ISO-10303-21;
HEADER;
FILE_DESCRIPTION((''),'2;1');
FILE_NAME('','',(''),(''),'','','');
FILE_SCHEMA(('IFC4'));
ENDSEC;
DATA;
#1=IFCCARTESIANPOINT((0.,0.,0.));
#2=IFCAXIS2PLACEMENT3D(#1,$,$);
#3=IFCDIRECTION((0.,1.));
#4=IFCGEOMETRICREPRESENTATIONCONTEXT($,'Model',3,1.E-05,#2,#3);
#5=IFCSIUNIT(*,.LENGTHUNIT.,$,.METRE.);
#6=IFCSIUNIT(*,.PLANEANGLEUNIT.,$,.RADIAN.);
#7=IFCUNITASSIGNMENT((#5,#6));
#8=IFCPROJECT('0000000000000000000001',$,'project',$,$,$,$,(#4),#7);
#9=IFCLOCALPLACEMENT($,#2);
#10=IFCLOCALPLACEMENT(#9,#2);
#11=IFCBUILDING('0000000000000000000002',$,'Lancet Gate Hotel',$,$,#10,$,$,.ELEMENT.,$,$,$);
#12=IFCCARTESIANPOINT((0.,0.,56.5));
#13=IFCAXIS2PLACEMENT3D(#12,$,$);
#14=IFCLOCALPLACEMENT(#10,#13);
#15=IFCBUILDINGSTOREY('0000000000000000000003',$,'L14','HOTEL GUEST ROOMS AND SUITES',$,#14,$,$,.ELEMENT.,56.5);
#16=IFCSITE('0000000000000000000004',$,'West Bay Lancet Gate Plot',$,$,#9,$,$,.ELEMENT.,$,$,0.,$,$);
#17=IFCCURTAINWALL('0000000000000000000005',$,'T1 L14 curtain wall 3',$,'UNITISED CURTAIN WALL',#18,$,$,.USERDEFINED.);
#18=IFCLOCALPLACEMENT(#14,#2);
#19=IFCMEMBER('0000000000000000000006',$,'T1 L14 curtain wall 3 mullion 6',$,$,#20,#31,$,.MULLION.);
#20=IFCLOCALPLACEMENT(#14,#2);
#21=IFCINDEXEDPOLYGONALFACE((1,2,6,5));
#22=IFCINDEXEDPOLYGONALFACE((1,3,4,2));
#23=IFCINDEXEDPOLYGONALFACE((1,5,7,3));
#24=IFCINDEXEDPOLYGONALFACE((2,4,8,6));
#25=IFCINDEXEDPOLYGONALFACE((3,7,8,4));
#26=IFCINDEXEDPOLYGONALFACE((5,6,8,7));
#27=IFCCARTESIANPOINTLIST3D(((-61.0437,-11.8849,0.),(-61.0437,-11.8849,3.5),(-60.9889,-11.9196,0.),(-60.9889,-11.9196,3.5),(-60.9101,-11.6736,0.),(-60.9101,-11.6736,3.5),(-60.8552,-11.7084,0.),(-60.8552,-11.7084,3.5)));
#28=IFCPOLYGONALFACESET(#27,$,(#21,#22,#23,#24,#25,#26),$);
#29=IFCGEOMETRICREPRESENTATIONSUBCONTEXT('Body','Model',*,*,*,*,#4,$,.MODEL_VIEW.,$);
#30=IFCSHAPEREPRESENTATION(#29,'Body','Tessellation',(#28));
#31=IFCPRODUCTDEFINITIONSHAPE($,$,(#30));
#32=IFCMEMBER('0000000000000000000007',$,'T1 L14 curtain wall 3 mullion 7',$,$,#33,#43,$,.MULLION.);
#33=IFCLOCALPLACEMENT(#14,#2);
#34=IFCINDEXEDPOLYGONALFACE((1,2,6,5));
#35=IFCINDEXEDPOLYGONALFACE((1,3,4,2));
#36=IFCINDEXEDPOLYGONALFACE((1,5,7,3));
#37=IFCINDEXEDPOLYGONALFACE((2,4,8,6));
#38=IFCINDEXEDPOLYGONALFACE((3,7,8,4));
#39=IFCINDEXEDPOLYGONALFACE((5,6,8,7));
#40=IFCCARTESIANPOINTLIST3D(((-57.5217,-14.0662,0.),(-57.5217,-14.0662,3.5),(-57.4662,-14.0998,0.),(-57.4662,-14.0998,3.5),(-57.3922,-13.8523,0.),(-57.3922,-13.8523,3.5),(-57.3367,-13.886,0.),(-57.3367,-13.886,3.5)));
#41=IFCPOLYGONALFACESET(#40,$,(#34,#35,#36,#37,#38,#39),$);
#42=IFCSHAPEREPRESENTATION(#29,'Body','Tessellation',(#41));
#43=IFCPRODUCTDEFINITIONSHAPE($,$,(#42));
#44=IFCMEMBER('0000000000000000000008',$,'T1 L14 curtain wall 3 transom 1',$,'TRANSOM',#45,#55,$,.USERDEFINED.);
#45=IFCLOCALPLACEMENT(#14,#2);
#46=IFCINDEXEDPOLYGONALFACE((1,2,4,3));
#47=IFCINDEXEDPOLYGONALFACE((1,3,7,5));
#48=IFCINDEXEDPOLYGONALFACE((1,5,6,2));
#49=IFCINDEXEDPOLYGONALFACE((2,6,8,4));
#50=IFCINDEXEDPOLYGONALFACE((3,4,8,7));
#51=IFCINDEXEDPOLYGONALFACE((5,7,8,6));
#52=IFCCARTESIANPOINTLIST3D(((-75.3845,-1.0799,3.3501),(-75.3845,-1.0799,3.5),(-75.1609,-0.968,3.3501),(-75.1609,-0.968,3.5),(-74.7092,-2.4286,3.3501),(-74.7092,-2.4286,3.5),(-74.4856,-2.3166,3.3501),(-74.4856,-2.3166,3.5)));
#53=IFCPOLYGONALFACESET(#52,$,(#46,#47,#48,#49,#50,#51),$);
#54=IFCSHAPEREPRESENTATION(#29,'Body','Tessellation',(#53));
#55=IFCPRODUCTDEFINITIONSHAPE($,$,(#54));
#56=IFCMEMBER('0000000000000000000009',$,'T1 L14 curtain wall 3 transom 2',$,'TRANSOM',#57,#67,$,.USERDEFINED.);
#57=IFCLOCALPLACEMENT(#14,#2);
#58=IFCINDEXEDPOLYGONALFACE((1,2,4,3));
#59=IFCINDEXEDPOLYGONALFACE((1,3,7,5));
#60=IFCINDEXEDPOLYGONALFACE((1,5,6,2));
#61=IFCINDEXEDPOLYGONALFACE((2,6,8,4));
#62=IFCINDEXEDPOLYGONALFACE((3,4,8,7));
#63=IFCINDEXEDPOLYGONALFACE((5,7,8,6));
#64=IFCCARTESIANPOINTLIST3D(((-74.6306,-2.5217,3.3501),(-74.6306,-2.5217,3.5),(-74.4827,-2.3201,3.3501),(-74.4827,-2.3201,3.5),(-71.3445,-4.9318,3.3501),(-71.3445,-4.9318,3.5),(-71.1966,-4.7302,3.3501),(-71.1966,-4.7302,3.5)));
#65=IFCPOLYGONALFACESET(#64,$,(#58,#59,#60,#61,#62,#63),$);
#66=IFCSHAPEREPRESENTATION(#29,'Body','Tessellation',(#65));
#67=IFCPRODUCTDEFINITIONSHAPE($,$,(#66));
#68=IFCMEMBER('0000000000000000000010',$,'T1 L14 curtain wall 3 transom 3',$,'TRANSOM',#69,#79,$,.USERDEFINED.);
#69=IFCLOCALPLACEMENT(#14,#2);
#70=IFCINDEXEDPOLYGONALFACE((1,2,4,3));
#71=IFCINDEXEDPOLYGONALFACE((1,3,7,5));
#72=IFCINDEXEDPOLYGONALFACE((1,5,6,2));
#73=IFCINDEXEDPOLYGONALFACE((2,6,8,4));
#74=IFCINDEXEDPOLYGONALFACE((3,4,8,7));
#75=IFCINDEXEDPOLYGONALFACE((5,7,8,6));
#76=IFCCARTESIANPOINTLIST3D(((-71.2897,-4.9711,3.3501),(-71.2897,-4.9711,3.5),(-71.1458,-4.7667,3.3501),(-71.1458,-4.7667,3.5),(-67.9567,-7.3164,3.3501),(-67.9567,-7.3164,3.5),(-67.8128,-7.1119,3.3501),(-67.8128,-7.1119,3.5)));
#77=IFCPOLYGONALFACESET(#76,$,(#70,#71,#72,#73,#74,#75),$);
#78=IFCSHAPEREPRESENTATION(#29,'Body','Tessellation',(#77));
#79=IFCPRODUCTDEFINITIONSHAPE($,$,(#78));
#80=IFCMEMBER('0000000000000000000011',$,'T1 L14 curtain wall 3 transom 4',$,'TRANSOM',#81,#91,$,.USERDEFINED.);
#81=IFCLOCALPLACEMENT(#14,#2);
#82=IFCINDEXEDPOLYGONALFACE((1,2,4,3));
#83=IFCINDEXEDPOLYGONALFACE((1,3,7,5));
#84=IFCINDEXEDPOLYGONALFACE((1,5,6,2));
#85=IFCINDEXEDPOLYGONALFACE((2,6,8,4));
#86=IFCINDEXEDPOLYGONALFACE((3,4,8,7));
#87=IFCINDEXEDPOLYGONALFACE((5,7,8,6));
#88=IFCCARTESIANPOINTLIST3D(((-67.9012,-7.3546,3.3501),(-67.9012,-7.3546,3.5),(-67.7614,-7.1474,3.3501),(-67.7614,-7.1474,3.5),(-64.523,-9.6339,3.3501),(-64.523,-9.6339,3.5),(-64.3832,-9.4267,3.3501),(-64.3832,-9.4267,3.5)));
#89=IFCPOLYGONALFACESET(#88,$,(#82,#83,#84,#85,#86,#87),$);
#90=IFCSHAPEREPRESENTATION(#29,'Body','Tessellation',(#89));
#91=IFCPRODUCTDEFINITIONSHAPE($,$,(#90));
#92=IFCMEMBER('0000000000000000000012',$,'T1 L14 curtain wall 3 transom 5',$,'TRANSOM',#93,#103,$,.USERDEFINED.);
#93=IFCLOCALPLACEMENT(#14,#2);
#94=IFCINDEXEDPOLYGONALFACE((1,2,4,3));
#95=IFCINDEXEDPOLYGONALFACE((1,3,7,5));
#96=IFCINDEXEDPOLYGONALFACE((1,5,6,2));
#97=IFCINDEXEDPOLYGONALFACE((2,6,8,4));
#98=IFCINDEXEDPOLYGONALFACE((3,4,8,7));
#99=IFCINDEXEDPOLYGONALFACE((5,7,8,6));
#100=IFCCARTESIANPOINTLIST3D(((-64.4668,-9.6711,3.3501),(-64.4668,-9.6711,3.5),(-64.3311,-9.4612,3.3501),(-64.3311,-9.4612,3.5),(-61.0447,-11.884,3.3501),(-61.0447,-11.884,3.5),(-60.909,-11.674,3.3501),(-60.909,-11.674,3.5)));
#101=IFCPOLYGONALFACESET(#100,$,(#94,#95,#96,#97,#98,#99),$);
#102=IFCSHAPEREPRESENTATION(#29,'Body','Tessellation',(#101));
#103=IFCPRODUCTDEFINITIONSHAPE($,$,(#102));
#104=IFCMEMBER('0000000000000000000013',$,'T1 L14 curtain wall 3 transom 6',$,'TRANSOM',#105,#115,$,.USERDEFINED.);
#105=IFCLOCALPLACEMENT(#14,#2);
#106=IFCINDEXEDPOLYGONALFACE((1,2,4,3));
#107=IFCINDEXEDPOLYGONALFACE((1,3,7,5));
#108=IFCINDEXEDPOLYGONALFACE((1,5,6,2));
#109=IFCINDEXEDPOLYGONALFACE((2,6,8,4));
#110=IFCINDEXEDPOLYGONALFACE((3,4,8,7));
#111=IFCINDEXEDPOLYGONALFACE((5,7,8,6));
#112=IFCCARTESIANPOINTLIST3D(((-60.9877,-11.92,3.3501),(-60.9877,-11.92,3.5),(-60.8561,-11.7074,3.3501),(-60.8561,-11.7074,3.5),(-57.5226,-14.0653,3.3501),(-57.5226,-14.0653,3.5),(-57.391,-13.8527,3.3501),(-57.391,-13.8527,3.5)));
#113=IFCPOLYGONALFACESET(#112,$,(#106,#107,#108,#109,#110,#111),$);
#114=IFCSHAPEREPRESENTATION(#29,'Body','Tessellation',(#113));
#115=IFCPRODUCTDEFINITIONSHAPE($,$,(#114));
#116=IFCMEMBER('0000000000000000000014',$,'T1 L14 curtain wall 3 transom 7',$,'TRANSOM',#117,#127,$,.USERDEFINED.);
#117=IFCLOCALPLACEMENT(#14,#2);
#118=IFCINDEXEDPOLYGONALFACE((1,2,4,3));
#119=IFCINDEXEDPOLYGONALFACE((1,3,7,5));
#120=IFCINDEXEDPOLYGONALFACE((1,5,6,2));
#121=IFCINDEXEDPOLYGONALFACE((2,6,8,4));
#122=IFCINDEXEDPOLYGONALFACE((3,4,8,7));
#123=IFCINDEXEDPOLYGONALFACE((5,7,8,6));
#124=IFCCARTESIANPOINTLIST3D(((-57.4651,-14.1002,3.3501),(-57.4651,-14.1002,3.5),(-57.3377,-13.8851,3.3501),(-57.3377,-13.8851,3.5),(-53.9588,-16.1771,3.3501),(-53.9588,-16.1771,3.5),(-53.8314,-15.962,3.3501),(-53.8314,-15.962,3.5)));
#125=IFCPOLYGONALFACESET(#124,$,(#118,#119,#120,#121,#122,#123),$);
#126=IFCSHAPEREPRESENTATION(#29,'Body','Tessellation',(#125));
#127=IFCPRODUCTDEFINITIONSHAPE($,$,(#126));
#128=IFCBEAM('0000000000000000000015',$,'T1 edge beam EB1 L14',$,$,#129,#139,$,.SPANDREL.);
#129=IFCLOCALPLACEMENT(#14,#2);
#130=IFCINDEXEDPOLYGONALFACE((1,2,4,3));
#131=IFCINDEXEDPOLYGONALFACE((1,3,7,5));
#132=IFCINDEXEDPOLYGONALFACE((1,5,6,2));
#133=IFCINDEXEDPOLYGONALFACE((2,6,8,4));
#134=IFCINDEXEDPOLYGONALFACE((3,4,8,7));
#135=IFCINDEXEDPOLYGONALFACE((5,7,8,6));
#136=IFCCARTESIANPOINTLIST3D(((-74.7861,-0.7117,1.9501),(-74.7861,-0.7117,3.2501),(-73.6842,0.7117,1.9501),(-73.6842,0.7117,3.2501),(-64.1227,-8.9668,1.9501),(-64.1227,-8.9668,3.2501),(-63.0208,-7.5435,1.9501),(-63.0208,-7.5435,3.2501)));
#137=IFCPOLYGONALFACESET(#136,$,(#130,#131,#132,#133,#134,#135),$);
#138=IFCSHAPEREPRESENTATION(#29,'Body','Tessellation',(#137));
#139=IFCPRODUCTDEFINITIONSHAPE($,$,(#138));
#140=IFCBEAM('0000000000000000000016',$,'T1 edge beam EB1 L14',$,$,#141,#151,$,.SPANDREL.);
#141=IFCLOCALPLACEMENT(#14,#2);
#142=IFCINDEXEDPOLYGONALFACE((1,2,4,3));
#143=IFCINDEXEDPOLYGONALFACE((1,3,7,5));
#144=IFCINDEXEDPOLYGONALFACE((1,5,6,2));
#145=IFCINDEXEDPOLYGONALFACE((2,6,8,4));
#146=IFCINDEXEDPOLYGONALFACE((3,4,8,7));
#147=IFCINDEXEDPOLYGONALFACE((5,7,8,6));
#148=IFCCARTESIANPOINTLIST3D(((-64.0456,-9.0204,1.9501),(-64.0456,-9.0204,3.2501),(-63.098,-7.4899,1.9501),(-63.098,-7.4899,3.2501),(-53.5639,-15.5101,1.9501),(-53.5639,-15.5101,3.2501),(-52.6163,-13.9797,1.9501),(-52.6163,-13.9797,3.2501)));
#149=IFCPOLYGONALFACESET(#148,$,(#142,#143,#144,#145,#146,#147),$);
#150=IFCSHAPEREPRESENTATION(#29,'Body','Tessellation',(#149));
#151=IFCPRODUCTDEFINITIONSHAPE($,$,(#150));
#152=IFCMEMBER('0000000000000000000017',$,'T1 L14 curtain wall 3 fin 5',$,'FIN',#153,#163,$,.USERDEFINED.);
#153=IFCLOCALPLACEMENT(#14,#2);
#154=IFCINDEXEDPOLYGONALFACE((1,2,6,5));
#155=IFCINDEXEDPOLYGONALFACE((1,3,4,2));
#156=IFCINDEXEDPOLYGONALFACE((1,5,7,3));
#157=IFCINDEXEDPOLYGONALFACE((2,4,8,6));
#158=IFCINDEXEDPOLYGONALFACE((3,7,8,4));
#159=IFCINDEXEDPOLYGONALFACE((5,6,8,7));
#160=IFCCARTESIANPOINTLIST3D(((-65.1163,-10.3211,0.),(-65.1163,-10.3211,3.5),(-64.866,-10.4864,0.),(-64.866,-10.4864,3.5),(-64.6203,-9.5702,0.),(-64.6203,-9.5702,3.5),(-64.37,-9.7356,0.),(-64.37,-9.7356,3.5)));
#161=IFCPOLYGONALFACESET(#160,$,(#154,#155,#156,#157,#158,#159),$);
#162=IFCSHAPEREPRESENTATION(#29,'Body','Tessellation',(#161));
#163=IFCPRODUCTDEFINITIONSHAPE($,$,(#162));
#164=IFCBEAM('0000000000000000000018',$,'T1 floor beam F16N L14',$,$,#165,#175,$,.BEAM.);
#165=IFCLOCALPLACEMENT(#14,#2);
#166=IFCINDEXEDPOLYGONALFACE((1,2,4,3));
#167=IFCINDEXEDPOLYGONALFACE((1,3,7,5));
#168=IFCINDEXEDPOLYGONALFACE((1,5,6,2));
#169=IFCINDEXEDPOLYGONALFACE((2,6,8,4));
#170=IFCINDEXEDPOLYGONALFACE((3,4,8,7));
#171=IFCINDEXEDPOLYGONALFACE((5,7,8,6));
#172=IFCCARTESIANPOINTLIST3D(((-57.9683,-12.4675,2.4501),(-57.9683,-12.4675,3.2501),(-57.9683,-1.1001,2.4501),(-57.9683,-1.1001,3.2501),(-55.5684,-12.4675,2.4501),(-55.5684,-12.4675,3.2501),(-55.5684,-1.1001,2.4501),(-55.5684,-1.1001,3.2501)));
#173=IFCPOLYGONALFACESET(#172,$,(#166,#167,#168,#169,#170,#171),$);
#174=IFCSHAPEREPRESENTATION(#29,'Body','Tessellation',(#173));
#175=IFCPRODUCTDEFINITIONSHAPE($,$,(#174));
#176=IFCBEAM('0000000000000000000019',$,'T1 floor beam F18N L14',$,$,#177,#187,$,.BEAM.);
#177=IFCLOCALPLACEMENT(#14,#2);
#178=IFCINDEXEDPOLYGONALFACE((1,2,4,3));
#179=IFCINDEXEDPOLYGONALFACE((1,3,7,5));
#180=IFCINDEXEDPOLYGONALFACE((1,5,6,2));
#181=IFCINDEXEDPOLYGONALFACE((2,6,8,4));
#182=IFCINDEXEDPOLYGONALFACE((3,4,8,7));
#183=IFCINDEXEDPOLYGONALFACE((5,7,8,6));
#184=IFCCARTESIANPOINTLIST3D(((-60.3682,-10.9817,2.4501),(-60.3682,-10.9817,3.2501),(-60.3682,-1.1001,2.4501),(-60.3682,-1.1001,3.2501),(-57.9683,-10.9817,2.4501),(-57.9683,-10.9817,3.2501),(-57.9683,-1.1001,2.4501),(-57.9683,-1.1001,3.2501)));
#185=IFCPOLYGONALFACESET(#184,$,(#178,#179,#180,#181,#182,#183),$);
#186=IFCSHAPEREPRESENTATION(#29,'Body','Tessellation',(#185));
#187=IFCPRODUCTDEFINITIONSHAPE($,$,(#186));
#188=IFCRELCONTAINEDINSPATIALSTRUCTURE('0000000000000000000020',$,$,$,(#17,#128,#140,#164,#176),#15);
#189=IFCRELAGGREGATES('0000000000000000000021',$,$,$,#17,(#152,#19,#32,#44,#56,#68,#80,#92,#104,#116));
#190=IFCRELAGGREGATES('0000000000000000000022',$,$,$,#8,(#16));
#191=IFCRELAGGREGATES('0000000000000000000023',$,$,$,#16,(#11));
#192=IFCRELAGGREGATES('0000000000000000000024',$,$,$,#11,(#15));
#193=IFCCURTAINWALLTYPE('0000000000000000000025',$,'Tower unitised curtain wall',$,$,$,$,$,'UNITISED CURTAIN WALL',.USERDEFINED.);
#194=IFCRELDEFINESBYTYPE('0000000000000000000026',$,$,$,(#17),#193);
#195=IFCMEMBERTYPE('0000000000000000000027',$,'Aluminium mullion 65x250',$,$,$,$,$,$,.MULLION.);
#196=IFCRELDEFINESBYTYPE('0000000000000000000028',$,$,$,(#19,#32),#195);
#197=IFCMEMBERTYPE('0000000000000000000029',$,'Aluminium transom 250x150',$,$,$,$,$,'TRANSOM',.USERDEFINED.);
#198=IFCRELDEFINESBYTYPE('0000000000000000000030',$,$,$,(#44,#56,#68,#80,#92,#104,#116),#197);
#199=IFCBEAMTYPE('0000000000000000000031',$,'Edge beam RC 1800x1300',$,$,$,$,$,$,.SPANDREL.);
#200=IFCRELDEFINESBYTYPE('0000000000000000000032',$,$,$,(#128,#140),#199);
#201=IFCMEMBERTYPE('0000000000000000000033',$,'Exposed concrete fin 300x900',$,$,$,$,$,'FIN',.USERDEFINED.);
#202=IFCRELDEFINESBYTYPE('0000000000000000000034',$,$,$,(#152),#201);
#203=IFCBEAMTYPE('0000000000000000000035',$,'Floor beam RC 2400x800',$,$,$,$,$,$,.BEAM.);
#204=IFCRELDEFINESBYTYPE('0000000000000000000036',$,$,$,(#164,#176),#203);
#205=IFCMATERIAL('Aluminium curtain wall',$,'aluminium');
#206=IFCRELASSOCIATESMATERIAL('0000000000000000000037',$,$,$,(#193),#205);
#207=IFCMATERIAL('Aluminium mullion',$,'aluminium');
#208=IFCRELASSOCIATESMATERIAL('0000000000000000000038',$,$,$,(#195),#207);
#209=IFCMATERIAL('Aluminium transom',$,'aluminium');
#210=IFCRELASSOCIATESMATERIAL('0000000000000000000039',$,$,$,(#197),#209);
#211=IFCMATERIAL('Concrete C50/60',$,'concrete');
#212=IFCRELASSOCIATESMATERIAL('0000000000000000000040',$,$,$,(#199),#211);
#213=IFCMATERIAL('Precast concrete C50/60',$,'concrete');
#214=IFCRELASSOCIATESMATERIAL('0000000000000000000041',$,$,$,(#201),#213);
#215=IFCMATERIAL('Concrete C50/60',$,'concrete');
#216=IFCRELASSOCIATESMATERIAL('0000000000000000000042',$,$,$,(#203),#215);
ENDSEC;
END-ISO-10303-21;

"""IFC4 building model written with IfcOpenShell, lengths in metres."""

from ifc_helpers import new_model, si_unit, direction, frame, origin, origin_2d, place, context, subcontext, project, spatial, rectangle, extrude, material, material_profile, profile_set, type_object, element, aggregate, save


model = new_model("IFC4")

# Units and contexts
model_context = context("Model", 3, precision=1e-05, world=origin(), true_north=direction((0.0, 1.0)))
body_context = subcontext(model_context, "Body", "Model", "MODEL_VIEW")
ifc_project = project(units=[si_unit("LENGTHUNIT", "METRE"), si_unit("PLANEANGLEUNIT", "RADIAN")], contexts=[model_context])

# Site, building, storey
site_placement = place(None, origin())
site = spatial("IfcSite", under=ifc_project, at=site_placement, Name="West Bay Lancet Gate Plot", CompositionType="ELEMENT", RefElevation=0.0)
building_placement = place(site_placement, origin())
building = spatial("IfcBuilding", under=site, at=building_placement, Name="Lancet Gate Hotel", CompositionType="ELEMENT")
storey_placement = place(building_placement, frame((0.0, 0.0, 56.5)))
storey = spatial("IfcBuildingStorey", under=building, at=storey_placement, Name="L14", Description="HOTEL GUEST ROOMS AND SUITES", CompositionType="ELEMENT", Elevation=56.5)

# Curtain wall, members
ifc_material_1 = material(Name="Aluminium curtain wall", Category="aluminium")
curtain_wall_type = type_object("IfcCurtainWallType", Name="Tower unitised curtain wall", ElementType="UNITISED CURTAIN WALL", PredefinedType="USERDEFINED", material=ifc_material_1)
curtain_wall_placement = place(storey_placement, origin())
curtain_wall = element("IfcCurtainWall", 1, at=curtain_wall_placement, inside=storey, type_object=curtain_wall_type, Name="T1 L14 curtain wall 3", ObjectType="UNITISED CURTAIN WALL", PredefinedType="USERDEFINED")
ifc_material_2 = material(Name="Aluminium mullion", Category="aluminium")
ifc_material_profile_1 = material_profile(ifc_material_2, rectangle(XDim=0.0649, YDim=0.25, at=origin_2d()), Name="MULLION 65x250")
ifc_profile_set_1 = profile_set([ifc_material_profile_1], Name="Aluminium mullion")
member_type_1 = type_object("IfcMemberType", Name="Aluminium mullion 65x250", PredefinedType="MULLION", material=ifc_profile_set_1)
member_1_placement = place(storey_placement, frame((-60.9495, -11.7966, 0.0), z_axis=(0.0, 0.0, 1.0), x_axis=(0.845029, -0.53472, 0.0)))
member_1 = element("IfcMember", 2, at=member_1_placement, type_object=member_type_1, Name="T1 L14 curtain wall 3 mullion 6", PredefinedType="MULLION", context=body_context, shape_type="SweptSolid", body=[
    extrude(rectangle(XDim=0.0649, YDim=0.25, at=origin_2d()), origin(), (0.0, 0.0, 1.0), 3.5),
])
member_2_placement = place(storey_placement, frame((-57.4292, -13.9761, 0.0), z_axis=(0.0, 0.0, 1.0), x_axis=(0.855346, -0.518057, 0.0)))
member_2 = element("IfcMember", 3, at=member_2_placement, type_object=member_type_1, Name="T1 L14 curtain wall 3 mullion 7", PredefinedType="MULLION", context=body_context, shape_type="SweptSolid", body=[
    extrude(rectangle(XDim=0.0649, YDim=0.25, at=origin_2d()), origin(), (0.0, 0.0, 1.0), 3.5),
])
ifc_material_3 = material(Name="Aluminium transom", Category="aluminium")
ifc_material_profile_2 = material_profile(ifc_material_3, rectangle(XDim=0.25, YDim=0.1499, at=origin_2d()), Name="TRANSOM 250x150")
ifc_profile_set_2 = profile_set([ifc_material_profile_2], Name="Aluminium transom")
member_type_2 = type_object("IfcMemberType", Name="Aluminium transom 250x150", ElementType="TRANSOM", PredefinedType="USERDEFINED", material=ifc_profile_set_2)
member_3_placement = place(storey_placement, frame((-75.2727, -1.0239, 3.425), z_axis=(0.447732, -0.894168, 0.0), x_axis=(0.894168, 0.447732, 0.0)))
member_3 = element("IfcMember", 4, at=member_3_placement, type_object=member_type_2, Name="T1 L14 curtain wall 3 transom 1", ObjectType="TRANSOM", PredefinedType="USERDEFINED", context=body_context, shape_type="SweptSolid", body=[
    extrude(rectangle(XDim=0.25, YDim=0.1499, at=origin_2d()), origin(), (0.0, 0.0, 1.0), 1.5083),
])
member_4_placement = place(storey_placement, frame((-74.5566, -2.4209, 3.425), z_axis=(0.806367, -0.591416, 0.0), x_axis=(0.591416, 0.806367, 0.0)))
member_4 = element("IfcMember", 5, at=member_4_placement, type_object=member_type_2, Name="T1 L14 curtain wall 3 transom 2", ObjectType="TRANSOM", PredefinedType="USERDEFINED", context=body_context, shape_type="SweptSolid", body=[
    extrude(rectangle(XDim=0.25, YDim=0.1499, at=origin_2d()), origin(), (0.0, 0.0, 1.0), 4.0752),
])
member_5_placement = place(storey_placement, frame((-71.2178, -4.8689, 3.425), z_axis=(0.817834, -0.575455, 0.0), x_axis=(0.575455, 0.817834, 0.0)))
member_5 = element("IfcMember", 6, at=member_5_placement, type_object=member_type_2, Name="T1 L14 curtain wall 3 transom 3", ObjectType="TRANSOM", PredefinedType="USERDEFINED", context=body_context, shape_type="SweptSolid", body=[
    extrude(rectangle(XDim=0.25, YDim=0.1499, at=origin_2d()), origin(), (0.0, 0.0, 1.0), 4.0754),
])
member_6_placement = place(storey_placement, frame((-67.8313, -7.251, 3.425), z_axis=(0.828959, -0.559309, 0.0), x_axis=(0.559309, 0.828959, 0.0)))
member_6 = element("IfcMember", 7, at=member_6_placement, type_object=member_type_2, Name="T1 L14 curtain wall 3 transom 4", ObjectType="TRANSOM", PredefinedType="USERDEFINED", context=body_context, shape_type="SweptSolid", body=[
    extrude(rectangle(XDim=0.25, YDim=0.1499, at=origin_2d()), origin(), (0.0, 0.0, 1.0), 4.0752),
])
member_7_placement = place(storey_placement, frame((-64.3989, -9.5662, 3.425), z_axis=(0.839729, -0.543005, 0.0), x_axis=(0.543005, 0.839729, 0.0)))
member_7 = element("IfcMember", 8, at=member_7_placement, type_object=member_type_2, Name="T1 L14 curtain wall 3 transom 5", ObjectType="TRANSOM", PredefinedType="USERDEFINED", context=body_context, shape_type="SweptSolid", body=[
    extrude(rectangle(XDim=0.25, YDim=0.1499, at=origin_2d()), origin(), (0.0, 0.0, 1.0), 4.0752),
])
member_8_placement = place(storey_placement, frame((-60.9219, -11.8137, 3.425), z_axis=(0.850242, -0.526392, 0.0), x_axis=(0.526392, 0.850242, 0.0)))
member_8 = element("IfcMember", 9, at=member_8_placement, type_object=member_type_2, Name="T1 L14 curtain wall 3 transom 6", ObjectType="TRANSOM", PredefinedType="USERDEFINED", context=body_context, shape_type="SweptSolid", body=[
    extrude(rectangle(XDim=0.25, YDim=0.1499, at=origin_2d()), origin(), (0.0, 0.0, 1.0), 4.0754),
])
member_9_placement = place(storey_placement, frame((-57.4014, -13.9927, 3.425), z_axis=(0.860392, -0.509633, 0.0), x_axis=(0.509633, 0.860392, 0.0)))
member_9 = element("IfcMember", 10, at=member_9_placement, type_object=member_type_2, Name="T1 L14 curtain wall 3 transom 7", ObjectType="TRANSOM", PredefinedType="USERDEFINED", context=body_context, shape_type="SweptSolid", body=[
    extrude(rectangle(XDim=0.25, YDim=0.1499, at=origin_2d()), origin(), (0.0, 0.0, 1.0), 4.0752),
])

# Beams
ifc_material_4 = material(Name="Concrete C50/60", Category="concrete")
ifc_material_profile_3 = material_profile(ifc_material_4, rectangle(XDim=1.8, YDim=1.3, at=origin_2d()), Name="RC 1800x1300")
ifc_profile_set_3 = profile_set([ifc_material_profile_3], Name="Concrete C50/60")
beam_type_1 = type_object("IfcBeamType", Name="Edge beam RC 1800x1300", PredefinedType="SPANDREL", material=ifc_profile_set_3)
beam_1_placement = place(storey_placement, frame((-74.2351, 0.0, 2.6001), z_axis=(0.790736, -0.612157, 0.0), x_axis=(0.612157, 0.790736, 0.0)))
element("IfcBeam", 11, at=beam_1_placement, inside=storey, type_object=beam_type_1, Name="T1 edge beam EB1 L14", PredefinedType="SPANDREL", context=body_context, shape_type="SweptSolid", body=[
    extrude(rectangle(XDim=1.8, YDim=1.3, at=origin_2d()), origin(), (0.0, 0.0, 1.0), 13.4854),
])
beam_2_placement = place(storey_placement, frame((-63.5718, -8.2551, 2.6001), z_axis=(0.850226, -0.526418, 0.0), x_axis=(0.526418, 0.850226, 0.0)))
element("IfcBeam", 12, at=beam_2_placement, inside=storey, type_object=beam_type_1, Name="T1 edge beam EB1 L14", PredefinedType="SPANDREL", context=body_context, shape_type="SweptSolid", body=[
    extrude(rectangle(XDim=1.8, YDim=1.3, at=origin_2d()), origin(), (0.0, 0.0, 1.0), 12.3281),
])

# Member
ifc_material_5 = material(Name="Precast concrete C50/60", Category="concrete")
ifc_material_profile_4 = material_profile(ifc_material_5, rectangle(XDim=0.3, YDim=0.8999, at=origin_2d()), Name="FIN 300x900")
ifc_profile_set_4 = profile_set([ifc_material_profile_4], Name="Precast concrete C50/60")
member_type_3 = type_object("IfcMemberType", Name="Exposed concrete fin 300x900", ElementType="FIN", PredefinedType="USERDEFINED", material=ifc_profile_set_4)
member_10_placement = place(storey_placement, frame((-64.7432, -10.0283, 0.0), z_axis=(0.0, 0.0, 1.0), x_axis=(0.834387, -0.551178, 0.0)))
member_10 = element("IfcMember", 13, at=member_10_placement, type_object=member_type_3, Name="T1 L14 curtain wall 3 fin 5", ObjectType="FIN", PredefinedType="USERDEFINED", context=body_context, shape_type="SweptSolid", body=[
    extrude(rectangle(XDim=0.3, YDim=0.8999, at=origin_2d()), origin(), (0.0, 0.0, 1.0), 3.5),
])

# Beams
ifc_material_6 = material(Name="Concrete C50/60", Category="concrete")
ifc_material_profile_5 = material_profile(ifc_material_6, rectangle(XDim=2.3999, YDim=0.8, at=origin_2d()), Name="RC 2400x800")
ifc_profile_set_5 = profile_set([ifc_material_profile_5], Name="Concrete C50/60")
beam_type_2 = type_object("IfcBeamType", Name="Floor beam RC 2400x800", PredefinedType="BEAM", material=ifc_profile_set_5)
beam_3_placement = place(storey_placement, frame((-56.7683, -1.1001, 2.8501), z_axis=(0.0, -1.0, 0.0), x_axis=(1.0, 0.0, 0.0)))
element("IfcBeam", 14, at=beam_3_placement, inside=storey, type_object=beam_type_2, Name="T1 floor beam F16N L14", PredefinedType="BEAM", context=body_context, shape_type="SweptSolid", body=[
    extrude(rectangle(XDim=2.3999, YDim=0.8, at=origin_2d()), origin(), (0.0, 0.0, 1.0), 11.3674),
])
beam_4_placement = place(storey_placement, frame((-59.1682, -1.1001, 2.8501), z_axis=(0.0, -1.0, 0.0), x_axis=(1.0, 0.0, 0.0)))
element("IfcBeam", 15, at=beam_4_placement, inside=storey, type_object=beam_type_2, Name="T1 floor beam F18N L14", PredefinedType="BEAM", context=body_context, shape_type="SweptSolid", body=[
    extrude(rectangle(XDim=2.3999, YDim=0.8, at=origin_2d()), origin(), (0.0, 0.0, 1.0), 9.8816),
])

aggregate(curtain_wall, [member_10, member_1, member_2, member_3, member_4, member_5, member_6, member_7, member_8, member_9])

save(model, "model.ifc")
